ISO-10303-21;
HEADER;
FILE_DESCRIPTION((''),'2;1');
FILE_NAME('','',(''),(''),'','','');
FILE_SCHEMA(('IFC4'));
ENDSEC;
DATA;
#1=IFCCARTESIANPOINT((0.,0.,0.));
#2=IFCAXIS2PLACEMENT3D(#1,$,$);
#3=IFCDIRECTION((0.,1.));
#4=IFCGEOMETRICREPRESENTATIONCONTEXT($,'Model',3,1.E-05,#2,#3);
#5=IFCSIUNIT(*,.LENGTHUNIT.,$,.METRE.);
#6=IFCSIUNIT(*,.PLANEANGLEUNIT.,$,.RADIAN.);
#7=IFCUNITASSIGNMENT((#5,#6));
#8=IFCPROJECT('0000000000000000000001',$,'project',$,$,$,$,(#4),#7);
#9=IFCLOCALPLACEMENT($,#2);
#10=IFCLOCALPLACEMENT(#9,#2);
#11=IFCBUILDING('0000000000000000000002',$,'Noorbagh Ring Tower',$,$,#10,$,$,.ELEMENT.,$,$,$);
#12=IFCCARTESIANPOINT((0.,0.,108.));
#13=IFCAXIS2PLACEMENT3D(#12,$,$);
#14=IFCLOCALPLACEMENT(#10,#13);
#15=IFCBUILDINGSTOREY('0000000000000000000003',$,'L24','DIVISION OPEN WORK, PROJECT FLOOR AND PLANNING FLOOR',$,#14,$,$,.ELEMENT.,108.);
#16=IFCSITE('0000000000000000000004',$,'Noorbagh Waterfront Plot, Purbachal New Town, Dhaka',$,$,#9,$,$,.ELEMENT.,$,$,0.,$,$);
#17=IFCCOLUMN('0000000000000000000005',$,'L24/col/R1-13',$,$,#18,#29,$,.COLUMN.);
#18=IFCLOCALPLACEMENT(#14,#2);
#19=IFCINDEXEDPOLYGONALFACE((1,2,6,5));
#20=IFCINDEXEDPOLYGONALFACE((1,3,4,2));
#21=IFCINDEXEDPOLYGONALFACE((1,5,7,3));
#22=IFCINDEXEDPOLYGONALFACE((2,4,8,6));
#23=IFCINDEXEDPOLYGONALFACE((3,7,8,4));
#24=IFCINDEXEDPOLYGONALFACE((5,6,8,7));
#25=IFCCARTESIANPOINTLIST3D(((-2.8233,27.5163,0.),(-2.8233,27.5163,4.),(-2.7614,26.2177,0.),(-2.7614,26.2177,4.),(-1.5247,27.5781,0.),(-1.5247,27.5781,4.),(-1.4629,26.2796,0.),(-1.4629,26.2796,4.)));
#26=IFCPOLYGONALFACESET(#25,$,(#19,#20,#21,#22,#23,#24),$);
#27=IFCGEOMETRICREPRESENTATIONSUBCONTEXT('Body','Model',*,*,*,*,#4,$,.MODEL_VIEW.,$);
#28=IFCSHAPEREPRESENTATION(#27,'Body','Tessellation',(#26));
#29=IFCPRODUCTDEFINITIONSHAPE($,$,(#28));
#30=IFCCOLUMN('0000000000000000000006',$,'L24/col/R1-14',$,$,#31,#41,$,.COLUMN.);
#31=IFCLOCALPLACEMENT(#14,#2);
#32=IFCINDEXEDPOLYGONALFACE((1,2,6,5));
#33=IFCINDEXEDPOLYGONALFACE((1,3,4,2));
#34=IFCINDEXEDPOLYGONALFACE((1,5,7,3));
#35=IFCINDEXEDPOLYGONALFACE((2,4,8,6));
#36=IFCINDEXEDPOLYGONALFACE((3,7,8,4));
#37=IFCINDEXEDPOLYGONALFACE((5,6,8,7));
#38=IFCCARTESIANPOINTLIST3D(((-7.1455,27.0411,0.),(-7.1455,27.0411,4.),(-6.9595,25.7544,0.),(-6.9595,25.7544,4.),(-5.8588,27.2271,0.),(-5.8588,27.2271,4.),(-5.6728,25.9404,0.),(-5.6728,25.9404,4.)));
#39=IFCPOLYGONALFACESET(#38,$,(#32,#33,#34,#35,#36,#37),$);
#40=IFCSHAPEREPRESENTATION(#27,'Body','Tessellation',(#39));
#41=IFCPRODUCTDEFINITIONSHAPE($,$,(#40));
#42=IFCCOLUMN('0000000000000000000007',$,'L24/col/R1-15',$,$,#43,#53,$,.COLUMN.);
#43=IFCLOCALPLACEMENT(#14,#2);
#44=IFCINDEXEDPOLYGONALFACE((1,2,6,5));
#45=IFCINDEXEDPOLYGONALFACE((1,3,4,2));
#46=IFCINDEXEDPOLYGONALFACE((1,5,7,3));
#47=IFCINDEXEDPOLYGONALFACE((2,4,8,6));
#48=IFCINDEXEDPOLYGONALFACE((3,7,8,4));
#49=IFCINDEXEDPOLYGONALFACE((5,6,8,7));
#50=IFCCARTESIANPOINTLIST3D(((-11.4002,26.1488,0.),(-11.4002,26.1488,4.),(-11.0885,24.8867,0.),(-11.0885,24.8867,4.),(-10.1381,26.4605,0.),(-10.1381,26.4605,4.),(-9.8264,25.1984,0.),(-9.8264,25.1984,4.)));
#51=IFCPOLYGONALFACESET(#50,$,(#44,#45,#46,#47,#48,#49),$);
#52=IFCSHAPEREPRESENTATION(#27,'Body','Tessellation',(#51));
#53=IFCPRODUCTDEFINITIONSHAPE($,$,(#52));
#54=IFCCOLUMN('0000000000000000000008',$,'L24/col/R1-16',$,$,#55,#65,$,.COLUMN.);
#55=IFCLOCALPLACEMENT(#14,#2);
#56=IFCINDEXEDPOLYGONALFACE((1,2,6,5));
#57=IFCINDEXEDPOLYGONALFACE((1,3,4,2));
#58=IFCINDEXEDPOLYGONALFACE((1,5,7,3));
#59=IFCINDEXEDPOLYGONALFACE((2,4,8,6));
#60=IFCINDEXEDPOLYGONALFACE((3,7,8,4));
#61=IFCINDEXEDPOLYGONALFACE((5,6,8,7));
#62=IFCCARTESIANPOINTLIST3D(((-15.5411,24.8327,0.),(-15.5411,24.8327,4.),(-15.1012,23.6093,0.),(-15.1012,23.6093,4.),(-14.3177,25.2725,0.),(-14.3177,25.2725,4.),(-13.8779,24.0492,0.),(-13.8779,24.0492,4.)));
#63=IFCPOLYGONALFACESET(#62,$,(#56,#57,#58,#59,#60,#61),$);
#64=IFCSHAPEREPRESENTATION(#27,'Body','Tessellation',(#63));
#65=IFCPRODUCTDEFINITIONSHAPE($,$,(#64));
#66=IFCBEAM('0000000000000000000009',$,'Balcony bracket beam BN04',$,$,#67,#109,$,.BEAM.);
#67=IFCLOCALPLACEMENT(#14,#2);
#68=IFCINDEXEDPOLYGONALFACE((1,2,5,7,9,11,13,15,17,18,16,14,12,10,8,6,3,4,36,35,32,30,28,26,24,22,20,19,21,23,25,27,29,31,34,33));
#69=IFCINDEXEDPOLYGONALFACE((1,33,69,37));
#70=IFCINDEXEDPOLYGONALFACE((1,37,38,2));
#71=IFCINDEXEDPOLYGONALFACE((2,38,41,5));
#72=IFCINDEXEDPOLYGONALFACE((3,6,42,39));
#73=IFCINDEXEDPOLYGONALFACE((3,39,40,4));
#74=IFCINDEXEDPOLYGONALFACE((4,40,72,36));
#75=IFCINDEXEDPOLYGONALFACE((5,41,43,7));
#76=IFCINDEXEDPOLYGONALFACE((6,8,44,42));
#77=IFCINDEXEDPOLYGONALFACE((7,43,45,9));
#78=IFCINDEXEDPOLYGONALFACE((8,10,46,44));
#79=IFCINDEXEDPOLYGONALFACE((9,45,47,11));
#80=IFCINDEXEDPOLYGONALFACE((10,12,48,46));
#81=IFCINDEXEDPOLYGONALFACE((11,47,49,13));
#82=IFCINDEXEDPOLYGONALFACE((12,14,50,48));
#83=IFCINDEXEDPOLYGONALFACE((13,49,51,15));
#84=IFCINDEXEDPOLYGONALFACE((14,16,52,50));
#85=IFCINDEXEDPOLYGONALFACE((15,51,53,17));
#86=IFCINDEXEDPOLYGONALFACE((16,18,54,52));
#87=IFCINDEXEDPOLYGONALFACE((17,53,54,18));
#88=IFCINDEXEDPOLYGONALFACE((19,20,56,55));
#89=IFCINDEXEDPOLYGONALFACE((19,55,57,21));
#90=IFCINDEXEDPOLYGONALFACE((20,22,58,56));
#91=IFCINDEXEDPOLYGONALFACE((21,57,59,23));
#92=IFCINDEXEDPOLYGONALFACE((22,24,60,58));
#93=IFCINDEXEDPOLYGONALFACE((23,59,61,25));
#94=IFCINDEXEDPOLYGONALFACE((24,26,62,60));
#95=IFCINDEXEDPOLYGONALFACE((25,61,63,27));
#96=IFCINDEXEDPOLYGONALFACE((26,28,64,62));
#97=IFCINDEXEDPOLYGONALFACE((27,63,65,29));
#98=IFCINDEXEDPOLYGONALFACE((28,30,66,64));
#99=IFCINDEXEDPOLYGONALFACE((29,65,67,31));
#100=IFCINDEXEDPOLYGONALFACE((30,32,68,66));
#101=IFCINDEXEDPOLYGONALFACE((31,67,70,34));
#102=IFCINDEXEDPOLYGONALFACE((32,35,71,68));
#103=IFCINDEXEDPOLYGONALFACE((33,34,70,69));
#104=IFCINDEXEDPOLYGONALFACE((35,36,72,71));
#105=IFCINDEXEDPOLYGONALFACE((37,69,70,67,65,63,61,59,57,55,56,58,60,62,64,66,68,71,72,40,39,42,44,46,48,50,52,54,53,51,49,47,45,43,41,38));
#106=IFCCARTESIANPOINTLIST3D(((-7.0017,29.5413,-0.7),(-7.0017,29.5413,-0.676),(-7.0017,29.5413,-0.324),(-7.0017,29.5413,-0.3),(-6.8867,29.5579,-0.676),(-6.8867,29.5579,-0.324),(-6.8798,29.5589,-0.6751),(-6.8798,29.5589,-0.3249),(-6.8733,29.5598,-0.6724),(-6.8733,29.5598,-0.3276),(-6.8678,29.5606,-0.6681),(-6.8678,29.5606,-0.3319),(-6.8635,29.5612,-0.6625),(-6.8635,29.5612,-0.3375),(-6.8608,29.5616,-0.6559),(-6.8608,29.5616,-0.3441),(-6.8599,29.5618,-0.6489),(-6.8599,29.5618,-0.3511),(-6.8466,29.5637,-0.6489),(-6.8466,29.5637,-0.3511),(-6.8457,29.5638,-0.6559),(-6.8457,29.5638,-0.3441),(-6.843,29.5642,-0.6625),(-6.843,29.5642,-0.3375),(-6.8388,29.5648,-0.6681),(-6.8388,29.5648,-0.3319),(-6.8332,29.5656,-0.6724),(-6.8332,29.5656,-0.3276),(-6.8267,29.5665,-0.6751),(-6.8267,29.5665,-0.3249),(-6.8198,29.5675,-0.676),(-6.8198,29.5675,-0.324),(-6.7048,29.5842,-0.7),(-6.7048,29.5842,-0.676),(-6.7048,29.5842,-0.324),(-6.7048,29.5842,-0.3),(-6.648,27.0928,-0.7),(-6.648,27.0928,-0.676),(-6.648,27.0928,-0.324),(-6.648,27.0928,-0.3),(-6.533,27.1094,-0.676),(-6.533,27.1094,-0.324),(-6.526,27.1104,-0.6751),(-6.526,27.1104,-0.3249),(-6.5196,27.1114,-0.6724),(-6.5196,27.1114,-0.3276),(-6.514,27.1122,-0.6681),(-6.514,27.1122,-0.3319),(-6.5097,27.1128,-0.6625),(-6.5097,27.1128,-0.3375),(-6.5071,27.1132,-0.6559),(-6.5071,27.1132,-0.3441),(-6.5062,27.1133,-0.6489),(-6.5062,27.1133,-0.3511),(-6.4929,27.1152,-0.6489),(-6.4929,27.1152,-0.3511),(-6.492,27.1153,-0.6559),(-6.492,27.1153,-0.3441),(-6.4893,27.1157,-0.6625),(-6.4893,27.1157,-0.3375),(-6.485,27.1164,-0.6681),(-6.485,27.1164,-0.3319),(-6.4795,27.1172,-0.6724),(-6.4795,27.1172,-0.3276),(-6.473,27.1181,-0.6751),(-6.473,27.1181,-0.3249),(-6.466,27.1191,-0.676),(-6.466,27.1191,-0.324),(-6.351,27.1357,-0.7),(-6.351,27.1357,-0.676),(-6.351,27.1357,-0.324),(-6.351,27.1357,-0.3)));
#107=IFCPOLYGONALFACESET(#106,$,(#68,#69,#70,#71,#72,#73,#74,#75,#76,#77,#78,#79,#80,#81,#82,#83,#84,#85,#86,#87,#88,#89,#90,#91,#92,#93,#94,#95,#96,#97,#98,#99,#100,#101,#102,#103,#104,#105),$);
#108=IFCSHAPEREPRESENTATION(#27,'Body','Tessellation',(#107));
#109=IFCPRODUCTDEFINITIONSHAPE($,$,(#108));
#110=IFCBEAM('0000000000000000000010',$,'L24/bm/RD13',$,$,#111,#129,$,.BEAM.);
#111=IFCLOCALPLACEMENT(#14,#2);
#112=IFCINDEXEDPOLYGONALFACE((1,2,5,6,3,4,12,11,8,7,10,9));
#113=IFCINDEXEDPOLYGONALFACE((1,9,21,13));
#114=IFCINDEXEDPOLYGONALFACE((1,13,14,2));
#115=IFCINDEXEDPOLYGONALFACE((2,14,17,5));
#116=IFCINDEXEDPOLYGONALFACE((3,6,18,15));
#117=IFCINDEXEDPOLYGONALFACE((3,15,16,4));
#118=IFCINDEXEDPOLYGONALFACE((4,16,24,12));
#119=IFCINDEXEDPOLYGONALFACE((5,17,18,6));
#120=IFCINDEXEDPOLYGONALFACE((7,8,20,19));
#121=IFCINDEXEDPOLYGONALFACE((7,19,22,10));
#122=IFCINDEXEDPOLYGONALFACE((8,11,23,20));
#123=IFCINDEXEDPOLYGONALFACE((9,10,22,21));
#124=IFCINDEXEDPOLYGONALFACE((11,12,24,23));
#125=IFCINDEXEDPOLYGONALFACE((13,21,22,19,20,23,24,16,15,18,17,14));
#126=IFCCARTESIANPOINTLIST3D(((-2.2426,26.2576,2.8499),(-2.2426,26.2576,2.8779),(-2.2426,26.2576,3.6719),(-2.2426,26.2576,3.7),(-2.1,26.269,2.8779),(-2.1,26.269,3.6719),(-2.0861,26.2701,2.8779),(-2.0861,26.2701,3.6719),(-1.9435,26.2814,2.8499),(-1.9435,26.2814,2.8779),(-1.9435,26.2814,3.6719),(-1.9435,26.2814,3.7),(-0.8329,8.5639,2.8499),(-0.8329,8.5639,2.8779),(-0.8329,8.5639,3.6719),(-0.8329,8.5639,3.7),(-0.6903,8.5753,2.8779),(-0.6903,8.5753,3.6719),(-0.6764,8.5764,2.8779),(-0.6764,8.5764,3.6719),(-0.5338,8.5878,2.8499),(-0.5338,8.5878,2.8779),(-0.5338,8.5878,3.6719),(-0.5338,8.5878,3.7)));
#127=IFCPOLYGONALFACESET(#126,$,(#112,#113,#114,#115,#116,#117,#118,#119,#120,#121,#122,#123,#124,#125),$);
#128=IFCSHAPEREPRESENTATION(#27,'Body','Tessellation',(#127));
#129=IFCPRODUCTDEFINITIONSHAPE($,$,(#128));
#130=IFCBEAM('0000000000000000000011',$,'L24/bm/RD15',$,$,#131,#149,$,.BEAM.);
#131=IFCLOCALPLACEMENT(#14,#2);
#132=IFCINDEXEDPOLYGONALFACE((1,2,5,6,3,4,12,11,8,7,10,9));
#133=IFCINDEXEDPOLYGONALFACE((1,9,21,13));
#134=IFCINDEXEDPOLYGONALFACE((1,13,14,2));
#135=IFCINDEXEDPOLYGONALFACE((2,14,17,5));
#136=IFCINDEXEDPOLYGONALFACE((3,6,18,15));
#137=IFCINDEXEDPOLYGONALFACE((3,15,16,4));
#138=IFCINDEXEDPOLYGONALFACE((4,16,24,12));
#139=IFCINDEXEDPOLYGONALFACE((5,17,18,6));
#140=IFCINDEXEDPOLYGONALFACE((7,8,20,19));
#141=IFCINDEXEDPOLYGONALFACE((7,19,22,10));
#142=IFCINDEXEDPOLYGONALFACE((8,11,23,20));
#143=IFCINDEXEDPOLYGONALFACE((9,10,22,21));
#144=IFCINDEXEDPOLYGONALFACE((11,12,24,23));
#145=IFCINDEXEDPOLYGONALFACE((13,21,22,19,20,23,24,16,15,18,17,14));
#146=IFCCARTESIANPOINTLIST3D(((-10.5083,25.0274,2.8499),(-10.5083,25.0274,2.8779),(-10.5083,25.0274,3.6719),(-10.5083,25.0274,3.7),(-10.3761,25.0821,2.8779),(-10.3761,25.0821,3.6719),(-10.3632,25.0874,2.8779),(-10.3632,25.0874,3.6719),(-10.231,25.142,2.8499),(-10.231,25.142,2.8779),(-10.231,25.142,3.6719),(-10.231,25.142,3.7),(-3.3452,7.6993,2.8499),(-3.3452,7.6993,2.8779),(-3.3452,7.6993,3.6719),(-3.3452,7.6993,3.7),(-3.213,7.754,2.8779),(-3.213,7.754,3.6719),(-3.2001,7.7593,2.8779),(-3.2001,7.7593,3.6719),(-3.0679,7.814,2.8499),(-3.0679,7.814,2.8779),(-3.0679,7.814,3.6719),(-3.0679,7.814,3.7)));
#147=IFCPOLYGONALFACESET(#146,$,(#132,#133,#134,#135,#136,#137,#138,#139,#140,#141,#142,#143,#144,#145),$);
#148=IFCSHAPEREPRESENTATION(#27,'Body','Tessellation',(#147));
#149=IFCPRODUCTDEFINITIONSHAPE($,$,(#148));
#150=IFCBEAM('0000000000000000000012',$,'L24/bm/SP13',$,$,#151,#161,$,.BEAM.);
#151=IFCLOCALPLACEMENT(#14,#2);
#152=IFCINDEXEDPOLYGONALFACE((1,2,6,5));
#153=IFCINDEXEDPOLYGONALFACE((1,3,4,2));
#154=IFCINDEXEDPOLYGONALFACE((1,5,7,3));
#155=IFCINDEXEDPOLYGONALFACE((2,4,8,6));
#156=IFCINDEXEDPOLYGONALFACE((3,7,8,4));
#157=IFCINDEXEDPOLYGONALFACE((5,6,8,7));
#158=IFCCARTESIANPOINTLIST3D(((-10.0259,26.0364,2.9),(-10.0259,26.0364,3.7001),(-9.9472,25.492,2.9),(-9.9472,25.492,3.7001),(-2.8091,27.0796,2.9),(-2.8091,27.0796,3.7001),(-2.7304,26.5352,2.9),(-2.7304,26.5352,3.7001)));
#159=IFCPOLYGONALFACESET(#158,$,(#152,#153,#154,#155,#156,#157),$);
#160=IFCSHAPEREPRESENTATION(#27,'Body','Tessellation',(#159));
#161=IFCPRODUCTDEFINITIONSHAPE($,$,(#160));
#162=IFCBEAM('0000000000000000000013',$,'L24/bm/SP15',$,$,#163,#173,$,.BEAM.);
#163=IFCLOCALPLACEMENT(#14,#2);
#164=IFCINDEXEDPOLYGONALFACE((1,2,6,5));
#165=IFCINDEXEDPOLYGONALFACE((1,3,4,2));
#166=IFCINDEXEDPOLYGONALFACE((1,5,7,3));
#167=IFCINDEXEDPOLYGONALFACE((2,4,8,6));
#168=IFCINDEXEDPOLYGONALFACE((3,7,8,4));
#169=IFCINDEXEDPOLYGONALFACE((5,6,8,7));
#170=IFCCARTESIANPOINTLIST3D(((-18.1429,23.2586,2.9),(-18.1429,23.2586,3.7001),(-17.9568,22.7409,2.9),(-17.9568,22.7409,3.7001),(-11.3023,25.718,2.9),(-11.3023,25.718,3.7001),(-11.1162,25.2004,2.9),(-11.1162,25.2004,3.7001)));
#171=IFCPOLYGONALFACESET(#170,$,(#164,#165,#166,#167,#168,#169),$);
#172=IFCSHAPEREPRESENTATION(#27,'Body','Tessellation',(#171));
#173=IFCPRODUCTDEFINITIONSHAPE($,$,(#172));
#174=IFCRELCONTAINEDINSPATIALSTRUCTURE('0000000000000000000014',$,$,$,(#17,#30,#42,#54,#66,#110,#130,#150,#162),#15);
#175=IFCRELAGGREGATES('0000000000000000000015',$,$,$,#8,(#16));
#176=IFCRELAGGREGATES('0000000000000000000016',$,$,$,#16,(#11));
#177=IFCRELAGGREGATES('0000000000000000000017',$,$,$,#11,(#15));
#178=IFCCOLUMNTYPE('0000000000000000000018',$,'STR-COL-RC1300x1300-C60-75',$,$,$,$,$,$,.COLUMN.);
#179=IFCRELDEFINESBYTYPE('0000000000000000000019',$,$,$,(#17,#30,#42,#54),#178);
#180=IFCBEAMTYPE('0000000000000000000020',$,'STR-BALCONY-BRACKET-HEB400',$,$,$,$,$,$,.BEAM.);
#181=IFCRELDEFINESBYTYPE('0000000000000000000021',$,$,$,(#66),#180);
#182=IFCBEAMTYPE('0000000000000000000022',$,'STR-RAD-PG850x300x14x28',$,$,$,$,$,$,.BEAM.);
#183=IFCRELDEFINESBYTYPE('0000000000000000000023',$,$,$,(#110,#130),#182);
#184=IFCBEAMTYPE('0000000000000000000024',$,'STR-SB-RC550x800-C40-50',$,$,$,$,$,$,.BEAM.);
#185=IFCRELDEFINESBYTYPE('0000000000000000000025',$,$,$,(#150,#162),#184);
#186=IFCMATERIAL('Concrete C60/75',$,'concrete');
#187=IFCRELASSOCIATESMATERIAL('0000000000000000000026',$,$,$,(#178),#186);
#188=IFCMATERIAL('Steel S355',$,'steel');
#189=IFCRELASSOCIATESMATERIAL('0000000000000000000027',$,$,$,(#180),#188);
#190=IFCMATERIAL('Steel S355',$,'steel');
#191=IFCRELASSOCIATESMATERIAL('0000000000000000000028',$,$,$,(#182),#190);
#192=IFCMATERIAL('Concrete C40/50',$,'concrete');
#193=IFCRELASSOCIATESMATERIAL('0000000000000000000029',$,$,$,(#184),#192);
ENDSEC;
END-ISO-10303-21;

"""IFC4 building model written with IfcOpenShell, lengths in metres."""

from ifc_helpers import new_model, si_unit, direction, frame, origin, origin_2d, place, context, subcontext, project, spatial, rectangle, i_section, extrude, material, material_profile, profile_set, type_object, element, save


model = new_model("IFC4")

# Units and contexts
model_context = context("Model", 3, precision=1e-05, world=origin(), true_north=direction((0.0, 1.0)))
body_context = subcontext(model_context, "Body", "Model", "MODEL_VIEW")
ifc_project = project(units=[si_unit("LENGTHUNIT", "METRE"), si_unit("PLANEANGLEUNIT", "RADIAN")], contexts=[model_context])

# Site, building, storey
site_placement = place(None, origin())
site = spatial("IfcSite", under=ifc_project, at=site_placement, Name="Noorbagh Waterfront Plot, Purbachal New Town, Dhaka", CompositionType="ELEMENT", RefElevation=0.0)
building_placement = place(site_placement, origin())
building = spatial("IfcBuilding", under=site, at=building_placement, Name="Noorbagh Ring Tower", CompositionType="ELEMENT")
storey_placement = place(building_placement, frame((0.0, 0.0, 108.0)))
storey = spatial("IfcBuildingStorey", under=building, at=storey_placement, Name="L24", Description="DIVISION OPEN WORK, PROJECT FLOOR AND PLANNING FLOOR", CompositionType="ELEMENT", Elevation=108.0)

# Columns
ifc_material_1 = material(Name="Concrete C60/75", Category="concrete")
ifc_material_profile_1 = material_profile(ifc_material_1, rectangle(XDim=1.3, YDim=1.3, at=origin_2d()), Name="RC1300x1300")
ifc_profile_set_1 = profile_set([ifc_material_profile_1], Name="Concrete C60/75")
column_type = type_object("IfcColumnType", Name="STR-COL-RC1300x1300-C60-75", PredefinedType="COLUMN", material=ifc_profile_set_1)
for number, where, z_axis, x_axis, name in (
    (1, (-2.1431, 26.8979, 0.0), (0.0, 0.0, 1.0), (-0.998869, -0.047553, 0.0), "L24/col/R1-13"),
    (2, (-6.4092, 26.4907, 0.0), (0.0, 0.0, 1.0), (-0.989713, -0.143066, 0.0), "L24/col/R1-14"),
    (3, (-10.6133, 25.6736, 0.0), (0.0, 0.0, 1.0), (-0.970829, -0.239771, 0.0), "L24/col/R1-15"),
    (4, (-14.7095, 24.4409, 0.0), (0.0, 0.0, 1.0), (-0.941025, -0.338338, 0.0), "L24/col/R1-16"),
):
    element("IfcColumn", number, at=place(storey_placement, frame(where, z_axis=z_axis, x_axis=x_axis)), inside=storey, type_object=column_type, Name=name, PredefinedType="COLUMN", context=body_context, shape_type="SweptSolid", body=[
        extrude(rectangle(XDim=1.3, YDim=1.3, at=origin_2d()), origin(), (0.0, 0.0, 1.0), 4.0),
    ])

# Beams
ifc_material_2 = material(Name="Steel S355", Category="steel")
ifc_material_profile_2 = material_profile(ifc_material_2, i_section(OverallWidth=0.3, OverallDepth=0.3999, WebThickness=0.0134, FlangeThickness=0.0239, FilletRadius=0.0271, at=origin_2d()), Name="HEB400")
ifc_profile_set_2 = profile_set([ifc_material_profile_2], Name="Steel S355")
beam_type_1 = type_object("IfcBeamType", Name="STR-BALCONY-BRACKET-HEB400", PredefinedType="BEAM", material=ifc_profile_set_2)
beam_1_placement = place(storey_placement, frame((-6.4995, 27.1143, -0.5), z_axis=(-0.142996, 0.989723, 0.0), x_axis=(-0.989723, -0.142996, 0.0)))
element("IfcBeam", 5, at=beam_1_placement, inside=storey, type_object=beam_type_1, Name="Balcony bracket beam BN04", PredefinedType="BEAM", context=body_context, shape_type="SweptSolid", body=[
    extrude(i_section(OverallWidth=0.3, OverallDepth=0.3999, WebThickness=0.0134, FlangeThickness=0.0239, FilletRadius=0.0271, at=origin_2d()), origin(), (0.0, 0.0, 1.0), 2.4739),
])
ifc_material_3 = material(Name="Steel S355", Category="steel")
ifc_material_profile_3 = material_profile(ifc_material_3, i_section(OverallWidth=0.3, OverallDepth=0.8501, WebThickness=0.0139, FlangeThickness=0.0281, at=origin_2d()), Name="PG850x300x14x28")
ifc_profile_set_3 = profile_set([ifc_material_profile_3], Name="Steel S355")
beam_type_2 = type_object("IfcBeamType", Name="STR-RAD-PG850x300x14x28", PredefinedType="BEAM", material=ifc_profile_set_3)
beam_2_placement = place(storey_placement, frame((-2.093, 26.2695, 3.2749), z_axis=(0.079419, -0.996841, 0.0), x_axis=(0.996841, 0.079419, 0.0)))
element("IfcBeam", 6, at=beam_2_placement, inside=storey, type_object=beam_type_2, Name="L24/bm/RD13", PredefinedType="BEAM", context=body_context, shape_type="SweptSolid", body=[
    extrude(i_section(OverallWidth=0.3, OverallDepth=0.8501, WebThickness=0.0139, FlangeThickness=0.0281, at=origin_2d()), origin(), (0.0, 0.0, 1.0), 17.7498),
])
beam_3_placement = place(storey_placement, frame((-10.3696, 25.0847, 3.2749), z_axis=(0.382025, -0.924152, 0.0), x_axis=(0.924152, 0.382025, 0.0)))
element("IfcBeam", 7, at=beam_3_placement, inside=storey, type_object=beam_type_2, Name="L24/bm/RD15", PredefinedType="BEAM", context=body_context, shape_type="SweptSolid", body=[
    extrude(i_section(OverallWidth=0.3, OverallDepth=0.8501, WebThickness=0.0139, FlangeThickness=0.0281, at=origin_2d()), origin(), (0.0, 0.0, 1.0), 18.7502),
])
ifc_material_4 = material(Name="Concrete C40/50", Category="concrete")
ifc_material_profile_4 = material_profile(ifc_material_4, rectangle(XDim=0.55, YDim=0.8, at=origin_2d()), Name="RC550x800")
ifc_profile_set_4 = profile_set([ifc_material_profile_4], Name="Concrete C40/50")
beam_type_3 = type_object("IfcBeamType", Name="STR-SB-RC550x800-C40-50", PredefinedType="BEAM", material=ifc_profile_set_4)
beam_4_placement = place(storey_placement, frame((-2.7698, 26.8074, 3.3), z_axis=(-0.989713, -0.143066, 0.0), x_axis=(0.143066, -0.989713, 0.0)))
element("IfcBeam", 8, at=beam_4_placement, inside=storey, type_object=beam_type_3, Name="L24/bm/SP13", PredefinedType="BEAM", context=body_context, shape_type="SweptSolid", body=[
    extrude(rectangle(XDim=0.55, YDim=0.8, at=origin_2d()), origin(), (0.0, 0.0, 1.0), 7.2917),
])
beam_5_placement = place(storey_placement, frame((-11.2092, 25.4592, 3.3), z_axis=(-0.941025, -0.338338, 0.0), x_axis=(0.338338, -0.941025, 0.0)))
element("IfcBeam", 9, at=beam_5_placement, inside=storey, type_object=beam_type_3, Name="L24/bm/SP15", PredefinedType="BEAM", context=body_context, shape_type="SweptSolid", body=[
    extrude(rectangle(XDim=0.55, YDim=0.8, at=origin_2d()), origin(), (0.0, 0.0, 1.0), 7.2693),
])

save(model, "model.ifc")
